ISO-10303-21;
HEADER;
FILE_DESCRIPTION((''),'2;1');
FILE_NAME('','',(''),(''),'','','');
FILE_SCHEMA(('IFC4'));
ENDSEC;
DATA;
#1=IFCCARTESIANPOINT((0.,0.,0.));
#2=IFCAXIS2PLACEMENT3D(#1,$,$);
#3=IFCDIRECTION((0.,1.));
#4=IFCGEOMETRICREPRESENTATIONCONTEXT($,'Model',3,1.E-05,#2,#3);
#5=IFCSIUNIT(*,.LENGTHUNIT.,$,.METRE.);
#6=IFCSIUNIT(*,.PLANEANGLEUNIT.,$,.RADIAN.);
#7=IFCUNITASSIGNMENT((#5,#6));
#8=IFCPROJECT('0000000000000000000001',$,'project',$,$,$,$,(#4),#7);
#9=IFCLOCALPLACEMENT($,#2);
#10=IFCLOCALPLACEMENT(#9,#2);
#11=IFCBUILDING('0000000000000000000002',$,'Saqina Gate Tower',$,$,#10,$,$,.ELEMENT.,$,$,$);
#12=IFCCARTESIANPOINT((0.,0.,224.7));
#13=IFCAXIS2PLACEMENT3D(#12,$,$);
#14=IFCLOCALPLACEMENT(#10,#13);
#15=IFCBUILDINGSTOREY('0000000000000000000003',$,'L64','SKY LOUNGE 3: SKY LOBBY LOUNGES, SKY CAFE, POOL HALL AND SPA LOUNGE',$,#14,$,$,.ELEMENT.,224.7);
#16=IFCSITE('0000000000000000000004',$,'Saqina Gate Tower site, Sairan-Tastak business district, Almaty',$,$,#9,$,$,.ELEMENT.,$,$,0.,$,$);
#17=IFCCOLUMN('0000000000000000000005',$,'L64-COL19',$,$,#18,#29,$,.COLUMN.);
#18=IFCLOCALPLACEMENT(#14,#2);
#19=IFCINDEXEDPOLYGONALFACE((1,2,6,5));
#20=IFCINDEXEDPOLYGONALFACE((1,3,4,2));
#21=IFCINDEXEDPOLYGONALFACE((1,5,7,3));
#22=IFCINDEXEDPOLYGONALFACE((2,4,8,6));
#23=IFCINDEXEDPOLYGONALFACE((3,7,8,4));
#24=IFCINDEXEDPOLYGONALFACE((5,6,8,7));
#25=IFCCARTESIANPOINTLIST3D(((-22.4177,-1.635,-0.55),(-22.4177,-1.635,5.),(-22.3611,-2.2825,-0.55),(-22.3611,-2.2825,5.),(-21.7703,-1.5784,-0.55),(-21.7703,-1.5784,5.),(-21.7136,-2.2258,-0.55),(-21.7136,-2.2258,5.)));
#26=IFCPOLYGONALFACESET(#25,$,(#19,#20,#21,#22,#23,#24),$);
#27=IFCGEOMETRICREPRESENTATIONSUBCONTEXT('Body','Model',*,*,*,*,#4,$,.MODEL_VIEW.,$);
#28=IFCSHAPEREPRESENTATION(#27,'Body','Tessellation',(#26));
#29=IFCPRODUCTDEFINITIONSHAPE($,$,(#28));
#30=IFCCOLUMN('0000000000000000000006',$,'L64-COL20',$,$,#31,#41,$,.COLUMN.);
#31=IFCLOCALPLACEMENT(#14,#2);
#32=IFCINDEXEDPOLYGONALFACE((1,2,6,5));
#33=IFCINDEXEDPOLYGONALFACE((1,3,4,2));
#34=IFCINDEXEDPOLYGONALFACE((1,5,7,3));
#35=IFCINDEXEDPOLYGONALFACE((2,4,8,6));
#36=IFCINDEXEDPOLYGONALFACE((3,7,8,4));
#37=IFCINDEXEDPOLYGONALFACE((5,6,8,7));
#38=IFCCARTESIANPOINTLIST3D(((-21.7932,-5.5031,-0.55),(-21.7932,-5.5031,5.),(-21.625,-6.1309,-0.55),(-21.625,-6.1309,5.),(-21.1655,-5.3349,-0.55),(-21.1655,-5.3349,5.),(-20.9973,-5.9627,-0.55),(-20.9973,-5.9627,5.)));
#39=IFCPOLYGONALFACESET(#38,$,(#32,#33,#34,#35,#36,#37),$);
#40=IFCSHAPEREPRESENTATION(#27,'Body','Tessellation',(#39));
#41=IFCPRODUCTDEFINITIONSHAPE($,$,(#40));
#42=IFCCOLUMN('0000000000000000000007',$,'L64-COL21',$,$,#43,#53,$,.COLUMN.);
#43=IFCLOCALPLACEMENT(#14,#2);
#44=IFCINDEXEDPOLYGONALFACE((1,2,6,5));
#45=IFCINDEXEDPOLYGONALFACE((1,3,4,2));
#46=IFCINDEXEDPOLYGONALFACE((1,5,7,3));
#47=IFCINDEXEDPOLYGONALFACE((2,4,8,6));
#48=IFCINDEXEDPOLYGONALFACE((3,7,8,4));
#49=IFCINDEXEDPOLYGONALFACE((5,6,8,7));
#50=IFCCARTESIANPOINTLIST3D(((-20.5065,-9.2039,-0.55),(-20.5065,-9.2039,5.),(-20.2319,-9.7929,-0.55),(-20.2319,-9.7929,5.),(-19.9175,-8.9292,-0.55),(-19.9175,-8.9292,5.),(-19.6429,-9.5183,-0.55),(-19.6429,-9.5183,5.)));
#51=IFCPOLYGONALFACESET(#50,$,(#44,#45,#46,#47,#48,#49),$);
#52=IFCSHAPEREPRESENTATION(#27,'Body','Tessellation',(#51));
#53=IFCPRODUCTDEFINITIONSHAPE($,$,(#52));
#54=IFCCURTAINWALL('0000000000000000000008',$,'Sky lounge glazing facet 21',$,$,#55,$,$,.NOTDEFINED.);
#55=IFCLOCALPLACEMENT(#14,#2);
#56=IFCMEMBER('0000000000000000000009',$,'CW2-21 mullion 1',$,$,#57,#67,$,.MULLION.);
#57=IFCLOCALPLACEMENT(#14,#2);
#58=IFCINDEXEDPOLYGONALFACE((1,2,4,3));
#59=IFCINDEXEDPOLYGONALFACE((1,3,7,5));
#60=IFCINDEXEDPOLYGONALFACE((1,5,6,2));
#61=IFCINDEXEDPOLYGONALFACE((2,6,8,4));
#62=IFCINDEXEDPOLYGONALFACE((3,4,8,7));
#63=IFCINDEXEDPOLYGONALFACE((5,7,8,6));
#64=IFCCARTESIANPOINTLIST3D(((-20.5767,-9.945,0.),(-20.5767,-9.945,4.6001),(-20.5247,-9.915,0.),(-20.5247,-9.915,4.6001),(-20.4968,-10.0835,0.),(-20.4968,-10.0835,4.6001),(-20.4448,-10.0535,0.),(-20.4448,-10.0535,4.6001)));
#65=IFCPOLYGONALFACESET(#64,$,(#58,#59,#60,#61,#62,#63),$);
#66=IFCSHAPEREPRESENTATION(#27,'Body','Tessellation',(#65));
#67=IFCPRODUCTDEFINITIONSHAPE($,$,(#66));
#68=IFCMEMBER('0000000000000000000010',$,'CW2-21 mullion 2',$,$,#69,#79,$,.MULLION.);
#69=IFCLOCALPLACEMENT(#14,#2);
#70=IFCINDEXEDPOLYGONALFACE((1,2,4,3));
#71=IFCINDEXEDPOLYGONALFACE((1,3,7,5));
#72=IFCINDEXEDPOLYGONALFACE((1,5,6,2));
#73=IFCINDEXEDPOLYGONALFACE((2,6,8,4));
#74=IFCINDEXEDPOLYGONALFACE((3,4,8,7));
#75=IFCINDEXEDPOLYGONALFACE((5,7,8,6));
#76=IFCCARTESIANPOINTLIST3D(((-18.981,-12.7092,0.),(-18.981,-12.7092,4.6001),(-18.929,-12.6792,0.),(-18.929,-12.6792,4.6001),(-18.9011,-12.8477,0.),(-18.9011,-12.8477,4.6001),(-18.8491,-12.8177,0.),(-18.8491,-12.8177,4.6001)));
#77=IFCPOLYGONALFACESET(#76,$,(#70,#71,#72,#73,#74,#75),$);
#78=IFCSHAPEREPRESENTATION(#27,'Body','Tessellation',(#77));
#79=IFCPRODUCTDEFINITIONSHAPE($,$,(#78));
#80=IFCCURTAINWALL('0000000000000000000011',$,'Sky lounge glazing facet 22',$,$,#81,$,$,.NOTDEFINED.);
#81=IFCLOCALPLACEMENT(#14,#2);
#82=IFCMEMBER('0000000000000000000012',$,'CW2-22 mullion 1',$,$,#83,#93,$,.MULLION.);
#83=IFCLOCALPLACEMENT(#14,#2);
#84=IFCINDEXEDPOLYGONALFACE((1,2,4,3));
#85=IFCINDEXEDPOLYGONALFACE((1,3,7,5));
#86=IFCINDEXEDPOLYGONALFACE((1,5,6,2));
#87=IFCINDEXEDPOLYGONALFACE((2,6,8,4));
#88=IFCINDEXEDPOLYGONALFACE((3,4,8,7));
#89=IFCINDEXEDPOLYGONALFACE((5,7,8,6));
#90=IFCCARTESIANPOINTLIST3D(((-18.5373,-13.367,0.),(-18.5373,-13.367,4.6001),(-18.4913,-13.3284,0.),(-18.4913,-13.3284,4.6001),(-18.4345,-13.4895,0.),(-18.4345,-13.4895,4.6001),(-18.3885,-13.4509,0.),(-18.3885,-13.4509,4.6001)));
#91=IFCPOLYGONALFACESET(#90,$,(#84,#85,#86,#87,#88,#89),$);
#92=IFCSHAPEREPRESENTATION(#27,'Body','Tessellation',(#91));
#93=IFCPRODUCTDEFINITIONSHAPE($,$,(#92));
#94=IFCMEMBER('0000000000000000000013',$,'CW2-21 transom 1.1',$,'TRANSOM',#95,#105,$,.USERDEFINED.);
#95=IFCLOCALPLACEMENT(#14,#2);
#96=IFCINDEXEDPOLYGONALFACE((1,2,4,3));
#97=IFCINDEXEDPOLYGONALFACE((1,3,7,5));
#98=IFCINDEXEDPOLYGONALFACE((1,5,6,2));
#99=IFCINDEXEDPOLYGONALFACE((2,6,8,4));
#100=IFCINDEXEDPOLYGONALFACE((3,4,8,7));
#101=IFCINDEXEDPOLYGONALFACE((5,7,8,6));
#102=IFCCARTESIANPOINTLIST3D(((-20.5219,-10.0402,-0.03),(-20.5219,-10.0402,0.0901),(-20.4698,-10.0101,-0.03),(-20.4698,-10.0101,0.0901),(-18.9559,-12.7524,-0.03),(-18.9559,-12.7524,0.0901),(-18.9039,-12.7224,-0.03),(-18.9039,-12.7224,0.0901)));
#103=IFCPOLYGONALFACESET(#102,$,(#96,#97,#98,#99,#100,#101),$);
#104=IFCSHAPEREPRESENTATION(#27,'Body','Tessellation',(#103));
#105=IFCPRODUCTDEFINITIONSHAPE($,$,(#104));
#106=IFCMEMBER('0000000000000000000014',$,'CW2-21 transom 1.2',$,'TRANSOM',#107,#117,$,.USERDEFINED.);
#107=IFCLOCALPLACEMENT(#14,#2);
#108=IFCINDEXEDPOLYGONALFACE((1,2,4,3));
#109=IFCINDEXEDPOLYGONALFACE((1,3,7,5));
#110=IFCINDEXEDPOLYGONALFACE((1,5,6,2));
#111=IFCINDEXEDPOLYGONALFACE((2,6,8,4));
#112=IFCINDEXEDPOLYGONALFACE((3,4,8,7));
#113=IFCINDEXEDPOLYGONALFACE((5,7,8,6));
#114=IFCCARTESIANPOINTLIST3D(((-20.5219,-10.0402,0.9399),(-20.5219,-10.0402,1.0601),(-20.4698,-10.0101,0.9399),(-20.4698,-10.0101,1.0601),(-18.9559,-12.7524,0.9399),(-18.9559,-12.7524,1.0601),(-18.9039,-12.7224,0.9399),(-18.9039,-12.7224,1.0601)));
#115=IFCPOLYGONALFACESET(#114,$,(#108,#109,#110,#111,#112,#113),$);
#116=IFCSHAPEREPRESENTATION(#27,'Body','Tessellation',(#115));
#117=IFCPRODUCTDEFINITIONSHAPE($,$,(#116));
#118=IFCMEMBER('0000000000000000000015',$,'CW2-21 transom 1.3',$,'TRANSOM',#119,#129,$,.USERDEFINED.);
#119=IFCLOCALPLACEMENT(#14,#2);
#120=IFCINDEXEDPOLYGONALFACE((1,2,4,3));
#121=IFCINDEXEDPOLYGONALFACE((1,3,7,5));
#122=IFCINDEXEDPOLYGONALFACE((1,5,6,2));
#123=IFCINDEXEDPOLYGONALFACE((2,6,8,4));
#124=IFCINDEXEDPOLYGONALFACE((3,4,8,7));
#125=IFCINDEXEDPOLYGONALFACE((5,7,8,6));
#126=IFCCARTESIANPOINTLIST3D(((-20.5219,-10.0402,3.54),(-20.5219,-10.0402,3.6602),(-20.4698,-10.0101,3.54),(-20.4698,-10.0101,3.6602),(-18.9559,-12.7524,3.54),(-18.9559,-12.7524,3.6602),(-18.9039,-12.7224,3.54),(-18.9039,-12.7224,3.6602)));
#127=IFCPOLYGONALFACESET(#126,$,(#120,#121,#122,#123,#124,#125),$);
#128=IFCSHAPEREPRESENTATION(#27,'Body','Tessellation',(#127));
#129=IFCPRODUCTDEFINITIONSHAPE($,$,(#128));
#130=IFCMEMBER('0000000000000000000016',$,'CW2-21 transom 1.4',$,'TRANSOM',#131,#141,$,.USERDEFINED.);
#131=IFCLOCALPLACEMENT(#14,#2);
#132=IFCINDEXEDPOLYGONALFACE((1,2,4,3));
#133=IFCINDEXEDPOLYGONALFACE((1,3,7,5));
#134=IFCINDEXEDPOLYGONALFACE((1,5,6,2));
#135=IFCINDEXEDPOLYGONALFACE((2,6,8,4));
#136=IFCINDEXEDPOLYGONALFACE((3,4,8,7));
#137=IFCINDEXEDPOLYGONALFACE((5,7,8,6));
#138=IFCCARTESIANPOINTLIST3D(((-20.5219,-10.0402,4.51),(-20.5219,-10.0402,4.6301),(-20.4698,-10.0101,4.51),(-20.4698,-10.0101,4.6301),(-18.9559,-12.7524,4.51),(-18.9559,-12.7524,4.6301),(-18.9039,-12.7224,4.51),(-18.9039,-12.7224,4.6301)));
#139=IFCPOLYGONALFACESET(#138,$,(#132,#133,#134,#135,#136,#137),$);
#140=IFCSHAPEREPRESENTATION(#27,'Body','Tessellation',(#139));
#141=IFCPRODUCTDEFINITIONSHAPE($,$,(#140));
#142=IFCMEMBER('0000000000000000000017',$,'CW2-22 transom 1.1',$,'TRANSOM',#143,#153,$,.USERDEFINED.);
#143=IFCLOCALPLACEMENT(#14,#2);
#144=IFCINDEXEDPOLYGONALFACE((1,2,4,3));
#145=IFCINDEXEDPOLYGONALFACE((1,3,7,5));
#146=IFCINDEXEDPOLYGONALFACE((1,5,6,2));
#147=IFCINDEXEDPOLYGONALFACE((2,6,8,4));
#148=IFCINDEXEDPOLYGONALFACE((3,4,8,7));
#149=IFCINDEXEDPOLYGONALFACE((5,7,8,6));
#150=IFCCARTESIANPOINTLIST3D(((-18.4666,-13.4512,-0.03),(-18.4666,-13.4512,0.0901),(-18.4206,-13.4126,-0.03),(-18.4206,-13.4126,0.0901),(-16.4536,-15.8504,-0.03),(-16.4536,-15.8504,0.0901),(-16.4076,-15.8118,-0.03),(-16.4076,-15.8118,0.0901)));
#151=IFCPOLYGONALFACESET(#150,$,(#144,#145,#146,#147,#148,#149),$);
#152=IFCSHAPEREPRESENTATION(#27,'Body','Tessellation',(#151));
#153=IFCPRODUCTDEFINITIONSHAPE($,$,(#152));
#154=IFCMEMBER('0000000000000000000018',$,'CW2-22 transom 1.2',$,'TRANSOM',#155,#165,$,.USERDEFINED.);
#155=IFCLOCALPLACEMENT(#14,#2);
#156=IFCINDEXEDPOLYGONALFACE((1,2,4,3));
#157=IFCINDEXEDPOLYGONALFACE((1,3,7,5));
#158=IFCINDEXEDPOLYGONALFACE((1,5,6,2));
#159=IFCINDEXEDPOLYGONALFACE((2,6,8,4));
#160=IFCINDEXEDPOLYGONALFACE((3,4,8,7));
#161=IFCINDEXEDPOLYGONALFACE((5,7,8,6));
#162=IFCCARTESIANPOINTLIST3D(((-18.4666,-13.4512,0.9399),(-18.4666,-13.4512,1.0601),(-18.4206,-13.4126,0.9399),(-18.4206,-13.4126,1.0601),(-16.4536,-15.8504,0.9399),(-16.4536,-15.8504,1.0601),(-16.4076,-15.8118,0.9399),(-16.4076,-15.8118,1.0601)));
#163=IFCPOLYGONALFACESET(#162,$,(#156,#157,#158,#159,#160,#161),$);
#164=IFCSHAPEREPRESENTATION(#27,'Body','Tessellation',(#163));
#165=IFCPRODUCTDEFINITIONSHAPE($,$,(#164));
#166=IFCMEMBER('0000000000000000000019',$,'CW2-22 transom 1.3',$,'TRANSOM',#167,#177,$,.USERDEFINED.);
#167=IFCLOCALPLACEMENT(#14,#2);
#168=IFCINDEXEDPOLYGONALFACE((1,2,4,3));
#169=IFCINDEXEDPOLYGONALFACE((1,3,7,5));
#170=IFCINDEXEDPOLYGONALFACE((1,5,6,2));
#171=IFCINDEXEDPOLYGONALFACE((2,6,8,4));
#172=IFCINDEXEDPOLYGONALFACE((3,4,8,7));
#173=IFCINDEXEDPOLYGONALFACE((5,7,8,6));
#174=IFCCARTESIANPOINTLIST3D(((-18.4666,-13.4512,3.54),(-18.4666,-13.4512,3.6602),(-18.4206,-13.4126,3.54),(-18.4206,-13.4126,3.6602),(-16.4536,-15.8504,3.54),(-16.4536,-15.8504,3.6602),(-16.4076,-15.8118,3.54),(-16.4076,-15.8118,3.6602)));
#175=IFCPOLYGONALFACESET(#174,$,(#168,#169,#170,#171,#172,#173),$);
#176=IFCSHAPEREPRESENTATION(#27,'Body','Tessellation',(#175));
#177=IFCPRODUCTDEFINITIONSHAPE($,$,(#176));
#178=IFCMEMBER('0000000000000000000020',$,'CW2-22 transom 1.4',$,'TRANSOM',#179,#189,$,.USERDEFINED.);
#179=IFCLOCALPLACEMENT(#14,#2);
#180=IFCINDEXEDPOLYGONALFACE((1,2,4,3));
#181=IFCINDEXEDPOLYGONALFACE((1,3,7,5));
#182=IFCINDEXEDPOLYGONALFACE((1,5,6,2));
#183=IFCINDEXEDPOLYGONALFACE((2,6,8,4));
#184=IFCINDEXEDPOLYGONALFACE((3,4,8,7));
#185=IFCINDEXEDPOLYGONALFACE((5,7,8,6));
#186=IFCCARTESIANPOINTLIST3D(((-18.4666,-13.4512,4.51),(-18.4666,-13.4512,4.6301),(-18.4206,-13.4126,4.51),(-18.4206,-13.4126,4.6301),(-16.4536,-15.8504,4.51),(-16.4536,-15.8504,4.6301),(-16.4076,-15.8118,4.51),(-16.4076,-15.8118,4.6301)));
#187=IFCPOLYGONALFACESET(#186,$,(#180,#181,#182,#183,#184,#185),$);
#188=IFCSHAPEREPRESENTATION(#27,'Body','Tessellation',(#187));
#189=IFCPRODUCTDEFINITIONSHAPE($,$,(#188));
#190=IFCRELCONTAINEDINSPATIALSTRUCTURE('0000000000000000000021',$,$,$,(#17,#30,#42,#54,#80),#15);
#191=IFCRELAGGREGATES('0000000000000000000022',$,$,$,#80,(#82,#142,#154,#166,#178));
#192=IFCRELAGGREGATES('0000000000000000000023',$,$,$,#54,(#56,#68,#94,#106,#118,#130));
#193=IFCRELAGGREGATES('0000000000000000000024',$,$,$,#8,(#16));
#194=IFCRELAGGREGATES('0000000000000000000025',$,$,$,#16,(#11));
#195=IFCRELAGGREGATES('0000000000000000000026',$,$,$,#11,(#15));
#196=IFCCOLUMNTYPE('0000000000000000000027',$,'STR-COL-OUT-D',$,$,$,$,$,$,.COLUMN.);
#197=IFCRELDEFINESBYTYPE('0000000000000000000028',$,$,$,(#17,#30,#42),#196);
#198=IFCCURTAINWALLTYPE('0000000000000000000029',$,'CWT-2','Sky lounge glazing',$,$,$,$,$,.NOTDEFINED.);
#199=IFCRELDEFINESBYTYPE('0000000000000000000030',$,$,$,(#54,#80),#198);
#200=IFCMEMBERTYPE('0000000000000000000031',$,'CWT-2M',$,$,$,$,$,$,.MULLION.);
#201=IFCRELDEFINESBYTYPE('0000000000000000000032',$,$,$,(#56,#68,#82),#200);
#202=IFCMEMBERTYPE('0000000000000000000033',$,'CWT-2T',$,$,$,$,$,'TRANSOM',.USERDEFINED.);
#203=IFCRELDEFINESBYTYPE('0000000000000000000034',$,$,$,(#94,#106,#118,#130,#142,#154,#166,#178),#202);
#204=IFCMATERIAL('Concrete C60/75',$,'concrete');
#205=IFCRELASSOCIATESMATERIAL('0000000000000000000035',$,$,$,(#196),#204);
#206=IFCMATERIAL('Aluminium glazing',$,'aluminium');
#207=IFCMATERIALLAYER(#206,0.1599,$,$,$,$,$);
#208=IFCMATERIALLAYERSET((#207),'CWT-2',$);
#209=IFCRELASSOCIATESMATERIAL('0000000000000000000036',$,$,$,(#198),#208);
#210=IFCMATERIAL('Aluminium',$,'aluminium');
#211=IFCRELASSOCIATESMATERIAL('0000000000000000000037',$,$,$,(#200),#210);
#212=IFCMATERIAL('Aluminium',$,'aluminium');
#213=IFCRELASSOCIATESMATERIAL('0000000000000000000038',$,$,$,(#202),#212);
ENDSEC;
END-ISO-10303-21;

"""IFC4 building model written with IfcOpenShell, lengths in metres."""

from ifc_helpers import new_model, si_unit, direction, frame, origin, origin_2d, place, context, subcontext, project, spatial, rectangle, extrude, material, layer, layer_set, material_profile, profile_set, type_object, element, aggregate, save


model = new_model("IFC4")

# Units and contexts
model_context = context("Model", 3, precision=1e-05, world=origin(), true_north=direction((0.0, 1.0)))
body_context = subcontext(model_context, "Body", "Model", "MODEL_VIEW")
ifc_project = project(units=[si_unit("LENGTHUNIT", "METRE"), si_unit("PLANEANGLEUNIT", "RADIAN")], contexts=[model_context])

# Site, building, storey
site_placement = place(None, origin())
site = spatial("IfcSite", under=ifc_project, at=site_placement, Name="Saqina Gate Tower site, Sairan-Tastak business district, Almaty", CompositionType="ELEMENT", RefElevation=0.0)
building_placement = place(site_placement, origin())
building = spatial("IfcBuilding", under=site, at=building_placement, Name="Saqina Gate Tower", CompositionType="ELEMENT")
storey_placement = place(building_placement, frame((0.0, 0.0, 224.7)))
storey = spatial("IfcBuildingStorey", under=building, at=storey_placement, Name="L64", Description="SKY LOUNGE 3: SKY LOBBY LOUNGES, SKY CAFE, POOL HALL AND SPA LOUNGE", CompositionType="ELEMENT", Elevation=224.7)

# Columns
ifc_material_1 = material(Name="Concrete C60/75", Category="concrete")
ifc_material_profile_1 = material_profile(ifc_material_1, rectangle(XDim=0.6499, YDim=0.6499, at=origin_2d()), Name="RC 650x650")
ifc_profile_set_1 = profile_set([ifc_material_profile_1], Name="Concrete C60/75")
column_type = type_object("IfcColumnType", Name="STR-COL-OUT-D", PredefinedType="COLUMN", material=ifc_profile_set_1)
for number, where, z_axis, x_axis, name in (
    (1, (-22.0657, -1.9304, -0.55), (0.0, 0.0, 1.0), (-0.996195, -0.087156, 0.0), "L64-COL19"),
    (2, (-21.3953, -5.7329, -0.55), (0.0, 0.0, 1.0), (-0.965926, -0.258819, 0.0), "L64-COL20"),
    (3, (-20.0747, -9.3611, -0.55), (0.0, 0.0, 1.0), (-0.906308, -0.422618, 0.0), "L64-COL21"),
):
    element("IfcColumn", number, at=place(storey_placement, frame(where, z_axis=z_axis, x_axis=x_axis)), inside=storey, type_object=column_type, Name=name, PredefinedType="COLUMN", context=body_context, shape_type="SweptSolid", body=[
        extrude(rectangle(XDim=0.6499, YDim=0.6499, at=origin_2d()), origin(), (0.0, 0.0, 1.0), 5.55),
    ])

# Curtain wall, members
ifc_material_2 = material(Name="Aluminium glazing", Category="aluminium")
ifc_layer_1 = layer(ifc_material_2, 0.1599)
ifc_layer_set_1 = layer_set([ifc_layer_1], Name="CWT-2")
curtain_wall_type = type_object("IfcCurtainWallType", Name="CWT-2", Description="Sky lounge glazing", PredefinedType="NOTDEFINED", material=ifc_layer_set_1)
curtain_wall_1_placement = place(storey_placement, origin())
curtain_wall_1 = element("IfcCurtainWall", 4, at=curtain_wall_1_placement, inside=storey, type_object=curtain_wall_type, Name="Sky lounge glazing facet 21", PredefinedType="NOTDEFINED")
ifc_material_3 = material(Name="Aluminium", Category="aluminium")
ifc_material_profile_2 = material_profile(ifc_material_3, rectangle(XDim=0.0601, YDim=0.1599, at=origin_2d()), Name="Aluminium 60x160")
ifc_profile_set_2 = profile_set([ifc_material_profile_2], Name="Aluminium")
member_type_1 = type_object("IfcMemberType", Name="CWT-2M", PredefinedType="MULLION", material=ifc_profile_set_2)
member_1_placement = place(storey_placement, frame((-20.5107, -9.9993, 0.0), z_axis=(0.0, 0.0, 1.0), x_axis=(0.866036, 0.499982, 0.0)))
member_1 = element("IfcMember", 5, at=member_1_placement, type_object=member_type_1, Name="CW2-21 mullion 1", PredefinedType="MULLION", context=body_context, shape_type="SweptSolid", body=[
    extrude(rectangle(XDim=0.0601, YDim=0.1599, at=origin_2d()), origin(), (0.0, 0.0, 1.0), 4.6001),
])
member_2_placement = place(storey_placement, frame((-18.915, -12.7634, 0.0), z_axis=(0.0, 0.0, 1.0), x_axis=(0.866036, 0.499982, 0.0)))
member_2 = element("IfcMember", 6, at=member_2_placement, type_object=member_type_1, Name="CW2-21 mullion 2", PredefinedType="MULLION", context=body_context, shape_type="SweptSolid", body=[
    extrude(rectangle(XDim=0.0601, YDim=0.1599, at=origin_2d()), origin(), (0.0, 0.0, 1.0), 4.6001),
])

# Curtain wall, member
curtain_wall_2_placement = place(storey_placement, origin())
curtain_wall_2 = element("IfcCurtainWall", 7, at=curtain_wall_2_placement, inside=storey, type_object=curtain_wall_type, Name="Sky lounge glazing facet 22", PredefinedType="NOTDEFINED")
member_3_placement = place(storey_placement, frame((-18.4629, -13.4089, 0.0), z_axis=(0.0, 0.0, 1.0), x_axis=(0.766046, 0.642785, 0.0)))
member_3 = element("IfcMember", 8, at=member_3_placement, type_object=member_type_1, Name="CW2-22 mullion 1", PredefinedType="MULLION", context=body_context, shape_type="SweptSolid", body=[
    extrude(rectangle(XDim=0.0601, YDim=0.1599, at=origin_2d()), origin(), (0.0, 0.0, 1.0), 4.6001),
])

# Members
ifc_material_4 = material(Name="Aluminium", Category="aluminium")
ifc_material_profile_3 = material_profile(ifc_material_4, rectangle(XDim=0.0601, YDim=0.1201, at=origin_2d()), Name="Aluminium 60x120")
ifc_profile_set_3 = profile_set([ifc_material_profile_3], Name="Aluminium")
member_type_2 = type_object("IfcMemberType", Name="CWT-2T", ElementType="TRANSOM", PredefinedType="USERDEFINED", material=ifc_profile_set_3)
member_4_placement = place(storey_placement, frame((-20.4958, -10.0251, 0.03), z_axis=(0.500013, -0.866018, 0.0), x_axis=(0.866018, 0.500013, 0.0)))
member_4 = element("IfcMember", 9, at=member_4_placement, type_object=member_type_2, Name="CW2-21 transom 1.1", ObjectType="TRANSOM", PredefinedType="USERDEFINED", context=body_context, shape_type="SweptSolid", body=[
    extrude(rectangle(XDim=0.0601, YDim=0.1201, at=origin_2d()), origin(), (0.0, 0.0, 1.0), 3.1318),
])
member_5_placement = place(storey_placement, frame((-20.4958, -10.0251, 1.0), z_axis=(0.500013, -0.866018, 0.0), x_axis=(0.866018, 0.500013, 0.0)))
member_5 = element("IfcMember", 10, at=member_5_placement, type_object=member_type_2, Name="CW2-21 transom 1.2", ObjectType="TRANSOM", PredefinedType="USERDEFINED", context=body_context, shape_type="SweptSolid", body=[
    extrude(rectangle(XDim=0.0601, YDim=0.1201, at=origin_2d()), origin(), (0.0, 0.0, 1.0), 3.1318),
])
member_6_placement = place(storey_placement, frame((-20.4958, -10.0251, 3.6001), z_axis=(0.500013, -0.866018, 0.0), x_axis=(0.866018, 0.500013, 0.0)))
member_6 = element("IfcMember", 11, at=member_6_placement, type_object=member_type_2, Name="CW2-21 transom 1.3", ObjectType="TRANSOM", PredefinedType="USERDEFINED", context=body_context, shape_type="SweptSolid", body=[
    extrude(rectangle(XDim=0.0601, YDim=0.1201, at=origin_2d()), origin(), (0.0, 0.0, 1.0), 3.1318),
])
member_7_placement = place(storey_placement, frame((-20.4958, -10.0251, 4.5701), z_axis=(0.500013, -0.866018, 0.0), x_axis=(0.866018, 0.500013, 0.0)))
member_7 = element("IfcMember", 12, at=member_7_placement, type_object=member_type_2, Name="CW2-21 transom 1.4", ObjectType="TRANSOM", PredefinedType="USERDEFINED", context=body_context, shape_type="SweptSolid", body=[
    extrude(rectangle(XDim=0.0601, YDim=0.1201, at=origin_2d()), origin(), (0.0, 0.0, 1.0), 3.1318),
])
member_8_placement = place(storey_placement, frame((-18.4436, -13.4319, 0.03), z_axis=(0.64275, -0.766076, 0.0), x_axis=(0.766076, 0.64275, 0.0)))
member_8 = element("IfcMember", 13, at=member_8_placement, type_object=member_type_2, Name="CW2-22 transom 1.1", ObjectType="TRANSOM", PredefinedType="USERDEFINED", context=body_context, shape_type="SweptSolid", body=[
    extrude(rectangle(XDim=0.0601, YDim=0.1201, at=origin_2d()), origin(), (0.0, 0.0, 1.0), 3.1318),
])
member_9_placement = place(storey_placement, frame((-18.4436, -13.4319, 1.0), z_axis=(0.64275, -0.766076, 0.0), x_axis=(0.766076, 0.64275, 0.0)))
member_9 = element("IfcMember", 14, at=member_9_placement, type_object=member_type_2, Name="CW2-22 transom 1.2", ObjectType="TRANSOM", PredefinedType="USERDEFINED", context=body_context, shape_type="SweptSolid", body=[
    extrude(rectangle(XDim=0.0601, YDim=0.1201, at=origin_2d()), origin(), (0.0, 0.0, 1.0), 3.1318),
])
member_10_placement = place(storey_placement, frame((-18.4436, -13.4319, 3.6001), z_axis=(0.64275, -0.766076, 0.0), x_axis=(0.766076, 0.64275, 0.0)))
member_10 = element("IfcMember", 15, at=member_10_placement, type_object=member_type_2, Name="CW2-22 transom 1.3", ObjectType="TRANSOM", PredefinedType="USERDEFINED", context=body_context, shape_type="SweptSolid", body=[
    extrude(rectangle(XDim=0.0601, YDim=0.1201, at=origin_2d()), origin(), (0.0, 0.0, 1.0), 3.1318),
])
member_11_placement = place(storey_placement, frame((-18.4436, -13.4319, 4.5701), z_axis=(0.64275, -0.766076, 0.0), x_axis=(0.766076, 0.64275, 0.0)))
member_11 = element("IfcMember", 16, at=member_11_placement, type_object=member_type_2, Name="CW2-22 transom 1.4", ObjectType="TRANSOM", PredefinedType="USERDEFINED", context=body_context, shape_type="SweptSolid", body=[
    extrude(rectangle(XDim=0.0601, YDim=0.1201, at=origin_2d()), origin(), (0.0, 0.0, 1.0), 3.1318),
])
aggregate(curtain_wall_2, [member_3, member_8, member_9, member_10, member_11])

aggregate(curtain_wall_1, [member_1, member_2, member_4, member_5, member_6, member_7])

save(model, "model.ifc")
